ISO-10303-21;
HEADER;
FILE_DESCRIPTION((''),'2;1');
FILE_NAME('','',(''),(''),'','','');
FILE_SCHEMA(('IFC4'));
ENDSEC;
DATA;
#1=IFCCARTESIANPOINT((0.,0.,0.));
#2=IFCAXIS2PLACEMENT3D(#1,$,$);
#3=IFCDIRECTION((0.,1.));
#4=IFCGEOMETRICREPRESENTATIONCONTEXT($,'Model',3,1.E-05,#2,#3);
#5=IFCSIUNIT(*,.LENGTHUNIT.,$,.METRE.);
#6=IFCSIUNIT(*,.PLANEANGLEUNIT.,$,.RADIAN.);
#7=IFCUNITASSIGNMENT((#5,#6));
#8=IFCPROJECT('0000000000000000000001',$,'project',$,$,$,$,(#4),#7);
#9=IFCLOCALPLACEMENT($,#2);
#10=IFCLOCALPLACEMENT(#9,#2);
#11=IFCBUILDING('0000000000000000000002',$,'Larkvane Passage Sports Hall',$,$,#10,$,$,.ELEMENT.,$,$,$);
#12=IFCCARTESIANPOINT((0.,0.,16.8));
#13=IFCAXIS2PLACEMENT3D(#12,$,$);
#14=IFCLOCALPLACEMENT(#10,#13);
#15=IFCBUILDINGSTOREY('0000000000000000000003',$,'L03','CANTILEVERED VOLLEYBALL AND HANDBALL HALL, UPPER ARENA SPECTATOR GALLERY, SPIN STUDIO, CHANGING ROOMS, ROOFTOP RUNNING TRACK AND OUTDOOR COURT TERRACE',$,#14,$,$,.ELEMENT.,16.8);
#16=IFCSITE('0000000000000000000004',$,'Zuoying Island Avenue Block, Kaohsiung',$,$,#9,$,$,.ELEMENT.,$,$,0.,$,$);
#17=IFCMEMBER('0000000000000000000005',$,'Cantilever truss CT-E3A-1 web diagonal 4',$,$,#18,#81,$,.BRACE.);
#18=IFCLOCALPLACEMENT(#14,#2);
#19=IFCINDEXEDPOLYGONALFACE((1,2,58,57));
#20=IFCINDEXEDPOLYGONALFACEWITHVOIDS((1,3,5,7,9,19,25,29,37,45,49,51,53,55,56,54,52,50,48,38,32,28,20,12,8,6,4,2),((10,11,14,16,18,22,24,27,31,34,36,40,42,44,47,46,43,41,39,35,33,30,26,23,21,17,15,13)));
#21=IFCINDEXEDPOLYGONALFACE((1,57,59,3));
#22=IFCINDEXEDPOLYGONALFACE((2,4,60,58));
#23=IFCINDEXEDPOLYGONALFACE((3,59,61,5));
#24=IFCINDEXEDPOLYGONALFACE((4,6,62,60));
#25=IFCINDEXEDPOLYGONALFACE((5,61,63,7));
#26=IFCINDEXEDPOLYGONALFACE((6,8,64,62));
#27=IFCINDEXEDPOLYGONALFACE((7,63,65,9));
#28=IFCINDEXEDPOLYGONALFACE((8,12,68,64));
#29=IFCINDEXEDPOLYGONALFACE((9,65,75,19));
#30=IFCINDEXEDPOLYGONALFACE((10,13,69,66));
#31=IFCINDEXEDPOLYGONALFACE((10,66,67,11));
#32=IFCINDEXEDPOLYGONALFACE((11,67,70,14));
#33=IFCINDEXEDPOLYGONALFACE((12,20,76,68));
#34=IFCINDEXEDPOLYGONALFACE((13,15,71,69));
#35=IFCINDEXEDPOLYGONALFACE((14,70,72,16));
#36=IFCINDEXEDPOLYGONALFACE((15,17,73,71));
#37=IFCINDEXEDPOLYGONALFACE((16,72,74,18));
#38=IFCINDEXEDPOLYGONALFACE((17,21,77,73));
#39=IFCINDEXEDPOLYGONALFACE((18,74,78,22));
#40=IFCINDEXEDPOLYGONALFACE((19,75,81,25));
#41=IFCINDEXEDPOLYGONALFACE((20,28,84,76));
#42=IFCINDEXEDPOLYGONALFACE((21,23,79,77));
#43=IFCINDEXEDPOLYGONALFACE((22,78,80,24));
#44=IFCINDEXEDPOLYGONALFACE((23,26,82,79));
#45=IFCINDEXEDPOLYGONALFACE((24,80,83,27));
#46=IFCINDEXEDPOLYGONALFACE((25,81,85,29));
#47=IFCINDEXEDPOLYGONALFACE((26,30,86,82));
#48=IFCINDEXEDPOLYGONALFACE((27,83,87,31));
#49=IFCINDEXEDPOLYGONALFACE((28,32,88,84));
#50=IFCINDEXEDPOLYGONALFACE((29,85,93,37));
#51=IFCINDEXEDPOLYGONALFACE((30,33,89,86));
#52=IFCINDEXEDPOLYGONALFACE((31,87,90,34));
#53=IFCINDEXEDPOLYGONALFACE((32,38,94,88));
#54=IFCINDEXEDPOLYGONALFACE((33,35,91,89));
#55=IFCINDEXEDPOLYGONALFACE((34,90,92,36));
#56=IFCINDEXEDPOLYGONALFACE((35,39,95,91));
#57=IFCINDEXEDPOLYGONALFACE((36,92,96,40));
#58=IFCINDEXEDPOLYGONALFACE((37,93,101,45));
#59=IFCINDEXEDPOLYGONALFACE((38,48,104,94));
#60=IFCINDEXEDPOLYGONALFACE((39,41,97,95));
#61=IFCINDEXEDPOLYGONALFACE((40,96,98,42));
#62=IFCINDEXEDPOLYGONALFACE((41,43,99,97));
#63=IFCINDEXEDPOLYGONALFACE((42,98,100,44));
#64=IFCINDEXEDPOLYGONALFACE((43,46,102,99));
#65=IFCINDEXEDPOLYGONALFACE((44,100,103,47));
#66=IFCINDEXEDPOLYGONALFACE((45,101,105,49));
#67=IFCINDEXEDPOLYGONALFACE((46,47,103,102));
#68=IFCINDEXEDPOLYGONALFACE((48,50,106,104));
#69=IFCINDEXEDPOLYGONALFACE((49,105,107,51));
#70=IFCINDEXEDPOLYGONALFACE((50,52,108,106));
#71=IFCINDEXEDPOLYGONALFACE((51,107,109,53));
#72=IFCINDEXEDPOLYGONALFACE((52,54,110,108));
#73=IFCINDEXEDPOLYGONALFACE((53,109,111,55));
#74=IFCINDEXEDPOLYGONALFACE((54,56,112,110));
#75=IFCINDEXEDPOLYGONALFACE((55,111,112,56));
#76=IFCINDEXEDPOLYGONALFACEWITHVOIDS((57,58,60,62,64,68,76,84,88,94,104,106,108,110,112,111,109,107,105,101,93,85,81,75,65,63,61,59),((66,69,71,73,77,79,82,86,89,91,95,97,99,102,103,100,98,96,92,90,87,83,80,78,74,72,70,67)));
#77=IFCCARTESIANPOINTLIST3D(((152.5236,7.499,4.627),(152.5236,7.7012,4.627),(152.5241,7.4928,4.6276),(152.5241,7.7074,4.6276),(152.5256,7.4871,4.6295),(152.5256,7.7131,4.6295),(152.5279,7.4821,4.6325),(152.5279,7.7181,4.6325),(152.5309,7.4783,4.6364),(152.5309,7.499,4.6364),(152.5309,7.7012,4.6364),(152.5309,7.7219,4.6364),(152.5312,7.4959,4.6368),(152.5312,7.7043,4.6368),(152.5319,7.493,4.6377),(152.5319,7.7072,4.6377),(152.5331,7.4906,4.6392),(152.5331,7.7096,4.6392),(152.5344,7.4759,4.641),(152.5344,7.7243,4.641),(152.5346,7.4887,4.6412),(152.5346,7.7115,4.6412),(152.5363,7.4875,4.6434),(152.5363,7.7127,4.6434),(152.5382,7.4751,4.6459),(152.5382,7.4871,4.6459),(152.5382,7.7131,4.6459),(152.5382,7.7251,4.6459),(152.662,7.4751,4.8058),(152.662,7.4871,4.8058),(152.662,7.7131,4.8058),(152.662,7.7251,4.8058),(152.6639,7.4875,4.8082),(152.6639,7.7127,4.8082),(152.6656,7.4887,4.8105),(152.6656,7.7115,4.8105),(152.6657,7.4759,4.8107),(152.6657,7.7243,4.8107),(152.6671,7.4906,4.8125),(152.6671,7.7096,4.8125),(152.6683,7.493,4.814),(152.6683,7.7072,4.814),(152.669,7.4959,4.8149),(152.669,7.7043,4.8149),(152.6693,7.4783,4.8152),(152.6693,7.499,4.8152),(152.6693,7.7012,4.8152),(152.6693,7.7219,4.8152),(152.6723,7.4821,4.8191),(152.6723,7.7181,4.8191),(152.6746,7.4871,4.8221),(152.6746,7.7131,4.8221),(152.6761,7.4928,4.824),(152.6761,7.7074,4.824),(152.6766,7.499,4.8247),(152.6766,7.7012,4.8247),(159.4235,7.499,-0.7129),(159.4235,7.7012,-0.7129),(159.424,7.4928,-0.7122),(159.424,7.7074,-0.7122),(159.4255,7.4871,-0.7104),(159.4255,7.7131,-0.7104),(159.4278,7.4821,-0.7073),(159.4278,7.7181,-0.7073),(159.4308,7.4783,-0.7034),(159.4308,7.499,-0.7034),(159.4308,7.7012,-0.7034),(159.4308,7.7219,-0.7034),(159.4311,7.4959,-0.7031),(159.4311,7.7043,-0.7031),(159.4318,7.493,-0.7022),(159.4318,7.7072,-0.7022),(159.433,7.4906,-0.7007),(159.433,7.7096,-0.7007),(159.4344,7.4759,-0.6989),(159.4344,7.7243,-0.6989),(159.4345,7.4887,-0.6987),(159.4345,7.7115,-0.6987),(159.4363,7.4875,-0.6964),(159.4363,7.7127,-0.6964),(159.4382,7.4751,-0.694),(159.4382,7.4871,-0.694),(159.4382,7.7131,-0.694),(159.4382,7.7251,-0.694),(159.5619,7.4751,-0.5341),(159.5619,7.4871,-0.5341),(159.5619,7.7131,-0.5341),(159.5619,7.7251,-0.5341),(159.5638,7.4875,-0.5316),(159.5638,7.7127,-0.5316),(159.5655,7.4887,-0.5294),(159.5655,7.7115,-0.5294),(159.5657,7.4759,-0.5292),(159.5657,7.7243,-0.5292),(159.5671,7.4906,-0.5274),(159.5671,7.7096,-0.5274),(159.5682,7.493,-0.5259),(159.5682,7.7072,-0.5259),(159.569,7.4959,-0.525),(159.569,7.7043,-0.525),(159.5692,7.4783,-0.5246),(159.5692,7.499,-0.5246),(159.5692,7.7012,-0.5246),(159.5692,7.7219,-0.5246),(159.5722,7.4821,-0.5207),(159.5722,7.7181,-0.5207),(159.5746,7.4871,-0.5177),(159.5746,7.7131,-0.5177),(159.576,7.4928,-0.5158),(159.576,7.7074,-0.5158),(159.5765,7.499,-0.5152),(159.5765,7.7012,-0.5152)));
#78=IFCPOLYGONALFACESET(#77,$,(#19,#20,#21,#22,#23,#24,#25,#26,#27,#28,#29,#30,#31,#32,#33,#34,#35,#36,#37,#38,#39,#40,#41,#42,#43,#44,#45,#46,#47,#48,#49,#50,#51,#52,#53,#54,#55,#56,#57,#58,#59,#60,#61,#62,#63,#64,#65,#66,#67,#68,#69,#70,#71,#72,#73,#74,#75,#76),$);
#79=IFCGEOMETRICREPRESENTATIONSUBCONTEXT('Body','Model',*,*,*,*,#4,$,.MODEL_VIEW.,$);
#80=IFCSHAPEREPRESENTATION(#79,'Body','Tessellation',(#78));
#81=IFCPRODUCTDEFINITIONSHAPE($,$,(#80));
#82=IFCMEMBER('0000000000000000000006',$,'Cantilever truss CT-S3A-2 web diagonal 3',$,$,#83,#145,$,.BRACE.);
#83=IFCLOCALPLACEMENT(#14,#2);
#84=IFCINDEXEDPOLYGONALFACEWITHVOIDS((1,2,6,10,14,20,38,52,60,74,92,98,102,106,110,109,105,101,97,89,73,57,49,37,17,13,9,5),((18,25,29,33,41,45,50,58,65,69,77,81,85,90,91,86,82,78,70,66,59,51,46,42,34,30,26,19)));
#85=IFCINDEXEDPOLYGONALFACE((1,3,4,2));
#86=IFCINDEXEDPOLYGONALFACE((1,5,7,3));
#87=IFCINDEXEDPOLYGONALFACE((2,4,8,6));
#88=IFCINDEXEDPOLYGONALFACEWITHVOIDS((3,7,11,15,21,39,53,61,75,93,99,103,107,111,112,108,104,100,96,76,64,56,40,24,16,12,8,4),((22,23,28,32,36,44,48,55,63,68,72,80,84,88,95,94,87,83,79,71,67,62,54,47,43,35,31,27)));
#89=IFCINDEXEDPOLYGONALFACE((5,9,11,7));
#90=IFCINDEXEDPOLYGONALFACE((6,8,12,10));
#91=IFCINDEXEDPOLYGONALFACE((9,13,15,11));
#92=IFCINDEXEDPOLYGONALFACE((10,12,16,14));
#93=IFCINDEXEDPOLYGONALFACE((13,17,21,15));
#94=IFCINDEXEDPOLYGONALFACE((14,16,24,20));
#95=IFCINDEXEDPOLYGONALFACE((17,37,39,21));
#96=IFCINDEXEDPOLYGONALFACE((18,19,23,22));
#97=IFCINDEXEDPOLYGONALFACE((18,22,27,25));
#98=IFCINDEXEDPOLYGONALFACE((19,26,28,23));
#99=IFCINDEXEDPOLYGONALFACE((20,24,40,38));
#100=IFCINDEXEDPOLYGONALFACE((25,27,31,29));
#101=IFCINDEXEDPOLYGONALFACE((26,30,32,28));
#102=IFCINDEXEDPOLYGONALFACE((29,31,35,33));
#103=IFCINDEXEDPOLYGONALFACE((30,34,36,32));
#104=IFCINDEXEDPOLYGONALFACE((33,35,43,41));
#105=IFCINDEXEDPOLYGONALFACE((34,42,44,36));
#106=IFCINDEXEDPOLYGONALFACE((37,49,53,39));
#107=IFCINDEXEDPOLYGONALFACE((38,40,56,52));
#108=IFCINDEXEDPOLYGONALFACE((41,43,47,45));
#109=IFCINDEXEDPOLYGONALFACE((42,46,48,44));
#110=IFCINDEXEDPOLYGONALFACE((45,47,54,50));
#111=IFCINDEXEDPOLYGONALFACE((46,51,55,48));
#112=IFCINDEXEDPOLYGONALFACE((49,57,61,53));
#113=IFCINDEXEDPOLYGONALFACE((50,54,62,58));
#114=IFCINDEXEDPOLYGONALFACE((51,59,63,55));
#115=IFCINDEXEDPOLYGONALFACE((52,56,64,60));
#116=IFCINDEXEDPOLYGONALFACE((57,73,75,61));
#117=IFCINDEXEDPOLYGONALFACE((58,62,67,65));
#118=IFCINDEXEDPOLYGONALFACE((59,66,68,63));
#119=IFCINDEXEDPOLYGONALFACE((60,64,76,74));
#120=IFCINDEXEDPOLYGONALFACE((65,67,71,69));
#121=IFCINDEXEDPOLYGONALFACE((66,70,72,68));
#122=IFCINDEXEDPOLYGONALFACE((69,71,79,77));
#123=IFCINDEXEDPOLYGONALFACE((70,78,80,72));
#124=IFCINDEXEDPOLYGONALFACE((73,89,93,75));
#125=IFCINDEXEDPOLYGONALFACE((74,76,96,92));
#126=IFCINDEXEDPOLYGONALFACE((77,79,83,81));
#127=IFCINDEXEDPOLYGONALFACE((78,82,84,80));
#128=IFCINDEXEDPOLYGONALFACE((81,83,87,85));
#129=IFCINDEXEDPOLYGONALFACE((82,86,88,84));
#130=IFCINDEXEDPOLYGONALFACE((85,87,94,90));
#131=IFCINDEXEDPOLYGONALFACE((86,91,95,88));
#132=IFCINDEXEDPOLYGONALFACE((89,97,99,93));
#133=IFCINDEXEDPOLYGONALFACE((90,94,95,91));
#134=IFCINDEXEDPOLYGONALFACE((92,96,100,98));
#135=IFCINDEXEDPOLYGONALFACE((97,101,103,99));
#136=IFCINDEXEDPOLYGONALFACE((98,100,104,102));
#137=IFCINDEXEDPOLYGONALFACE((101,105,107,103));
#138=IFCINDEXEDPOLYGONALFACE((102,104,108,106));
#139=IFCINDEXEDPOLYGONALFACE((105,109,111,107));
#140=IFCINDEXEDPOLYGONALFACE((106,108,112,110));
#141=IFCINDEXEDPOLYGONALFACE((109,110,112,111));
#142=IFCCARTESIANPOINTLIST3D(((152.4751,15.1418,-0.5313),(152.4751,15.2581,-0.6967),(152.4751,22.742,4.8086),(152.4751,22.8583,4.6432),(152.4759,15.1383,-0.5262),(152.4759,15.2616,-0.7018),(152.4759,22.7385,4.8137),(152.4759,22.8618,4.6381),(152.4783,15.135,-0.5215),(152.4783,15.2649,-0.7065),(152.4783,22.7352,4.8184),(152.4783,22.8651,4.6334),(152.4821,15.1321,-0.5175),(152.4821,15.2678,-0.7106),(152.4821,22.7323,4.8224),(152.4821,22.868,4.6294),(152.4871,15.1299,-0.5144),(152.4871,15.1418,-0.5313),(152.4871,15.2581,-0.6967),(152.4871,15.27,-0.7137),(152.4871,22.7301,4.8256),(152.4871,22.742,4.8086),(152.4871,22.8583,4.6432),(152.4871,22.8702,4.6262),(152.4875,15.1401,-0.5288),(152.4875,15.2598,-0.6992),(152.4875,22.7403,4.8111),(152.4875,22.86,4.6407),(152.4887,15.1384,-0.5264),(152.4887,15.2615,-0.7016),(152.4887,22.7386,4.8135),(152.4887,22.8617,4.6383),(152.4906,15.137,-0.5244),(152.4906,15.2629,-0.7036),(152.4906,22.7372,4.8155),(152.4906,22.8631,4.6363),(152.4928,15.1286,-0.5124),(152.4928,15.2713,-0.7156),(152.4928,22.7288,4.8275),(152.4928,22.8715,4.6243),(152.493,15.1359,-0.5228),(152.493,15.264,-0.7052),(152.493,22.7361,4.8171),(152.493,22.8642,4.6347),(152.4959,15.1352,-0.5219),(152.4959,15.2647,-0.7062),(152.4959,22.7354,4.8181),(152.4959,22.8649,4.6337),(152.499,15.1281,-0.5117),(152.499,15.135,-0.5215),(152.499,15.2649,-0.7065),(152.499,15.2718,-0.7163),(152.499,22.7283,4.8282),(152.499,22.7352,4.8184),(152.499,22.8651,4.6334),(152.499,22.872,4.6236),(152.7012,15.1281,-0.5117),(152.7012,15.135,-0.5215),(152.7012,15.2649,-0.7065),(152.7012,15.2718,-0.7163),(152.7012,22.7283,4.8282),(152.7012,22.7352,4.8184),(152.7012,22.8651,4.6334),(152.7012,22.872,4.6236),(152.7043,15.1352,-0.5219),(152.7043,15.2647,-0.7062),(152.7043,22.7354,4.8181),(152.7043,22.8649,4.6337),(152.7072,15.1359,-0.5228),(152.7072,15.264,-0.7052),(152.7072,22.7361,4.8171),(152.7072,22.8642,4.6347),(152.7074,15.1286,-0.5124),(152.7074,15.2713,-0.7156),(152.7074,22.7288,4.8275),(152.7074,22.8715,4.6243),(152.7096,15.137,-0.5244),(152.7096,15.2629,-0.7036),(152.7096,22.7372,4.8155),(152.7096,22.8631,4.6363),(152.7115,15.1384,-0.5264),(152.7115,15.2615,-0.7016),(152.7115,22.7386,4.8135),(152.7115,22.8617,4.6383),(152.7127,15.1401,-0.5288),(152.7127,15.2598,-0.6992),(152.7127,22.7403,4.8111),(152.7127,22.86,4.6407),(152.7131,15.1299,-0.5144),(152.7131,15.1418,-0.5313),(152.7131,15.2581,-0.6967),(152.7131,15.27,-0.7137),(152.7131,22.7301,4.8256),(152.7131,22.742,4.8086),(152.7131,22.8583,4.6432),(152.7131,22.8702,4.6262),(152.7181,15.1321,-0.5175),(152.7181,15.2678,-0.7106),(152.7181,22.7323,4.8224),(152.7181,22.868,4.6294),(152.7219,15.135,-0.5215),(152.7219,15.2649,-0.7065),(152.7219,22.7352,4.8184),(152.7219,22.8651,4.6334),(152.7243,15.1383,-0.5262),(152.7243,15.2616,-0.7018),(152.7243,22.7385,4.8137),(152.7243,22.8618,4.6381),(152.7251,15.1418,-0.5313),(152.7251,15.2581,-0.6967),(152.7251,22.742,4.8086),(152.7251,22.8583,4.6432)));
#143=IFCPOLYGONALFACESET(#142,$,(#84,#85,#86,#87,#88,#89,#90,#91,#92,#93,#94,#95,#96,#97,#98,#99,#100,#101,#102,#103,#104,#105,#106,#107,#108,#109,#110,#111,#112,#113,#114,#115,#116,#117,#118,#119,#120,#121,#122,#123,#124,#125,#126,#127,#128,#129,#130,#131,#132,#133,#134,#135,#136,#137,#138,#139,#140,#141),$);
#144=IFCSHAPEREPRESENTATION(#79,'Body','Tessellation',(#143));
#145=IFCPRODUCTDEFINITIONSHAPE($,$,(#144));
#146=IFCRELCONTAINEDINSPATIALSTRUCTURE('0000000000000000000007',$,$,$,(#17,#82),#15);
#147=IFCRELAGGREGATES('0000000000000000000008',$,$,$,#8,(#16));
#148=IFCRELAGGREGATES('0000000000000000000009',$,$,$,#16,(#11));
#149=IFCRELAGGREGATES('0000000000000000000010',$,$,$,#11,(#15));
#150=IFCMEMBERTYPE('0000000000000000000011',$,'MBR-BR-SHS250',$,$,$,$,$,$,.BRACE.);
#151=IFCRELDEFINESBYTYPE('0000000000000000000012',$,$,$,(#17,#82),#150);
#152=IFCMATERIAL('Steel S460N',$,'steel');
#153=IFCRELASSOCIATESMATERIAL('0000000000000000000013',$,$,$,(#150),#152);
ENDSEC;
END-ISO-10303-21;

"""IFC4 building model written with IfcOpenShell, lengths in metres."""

from ifc_helpers import new_model, si_unit, direction, frame, origin, origin_2d, place, context, subcontext, project, spatial, hollow_rectangle, extrude, material, material_profile, profile_set, type_object, element, save


model = new_model("IFC4")

# Units and contexts
model_context = context("Model", 3, precision=1e-05, world=origin(), true_north=direction((0.0, 1.0)))
body_context = subcontext(model_context, "Body", "Model", "MODEL_VIEW")
ifc_project = project(units=[si_unit("LENGTHUNIT", "METRE"), si_unit("PLANEANGLEUNIT", "RADIAN")], contexts=[model_context])

# Site, building, storey
site_placement = place(None, origin())
site = spatial("IfcSite", under=ifc_project, at=site_placement, Name="Zuoying Island Avenue Block, Kaohsiung", CompositionType="ELEMENT", RefElevation=0.0)
building_placement = place(site_placement, origin())
building = spatial("IfcBuilding", under=site, at=building_placement, Name="Larkvane Passage Sports Hall", CompositionType="ELEMENT")
storey_placement = place(building_placement, frame((0.0, 0.0, 16.8)))
storey = spatial("IfcBuildingStorey", under=building, at=storey_placement, Name="L03", Description="CANTILEVERED VOLLEYBALL AND HANDBALL HALL, UPPER ARENA SPECTATOR GALLERY, SPIN STUDIO, CHANGING ROOMS, ROOFTOP RUNNING TRACK AND OUTDOOR COURT TERRACE", CompositionType="ELEMENT", Elevation=16.8)

# Shared definitions
ifc_material_1 = material(Name="Steel S460N", Category="steel")

# Members
ifc_material_profile_1 = material_profile(ifc_material_1, hollow_rectangle(XDim=0.25, YDim=0.25, WallThickness=0.012, InnerFilletRadius=0.012, OuterFilletRadius=0.0239, at=origin_2d()), Name="SHS-250x250x12")
ifc_profile_set_1 = profile_set([ifc_material_profile_1], Name="Steel S460N")
member_type_1 = type_object("IfcMemberType", Name="MBR-BR-SHS250", PredefinedType="BRACE", material=ifc_profile_set_1)
member_1_placement = place(storey_placement, frame((152.6001, 7.6001, 4.7258), z_axis=(0.790836, 0.0, -0.612029), x_axis=(0.0, 1.0, 0.0)))
element("IfcMember", 1, at=member_1_placement, inside=storey, type_object=member_type_1, Name="Cantilever truss CT-E3A-1 web diagonal 4", PredefinedType="BRACE", context=body_context, shape_type="SweptSolid", body=[
    extrude(hollow_rectangle(XDim=0.25, YDim=0.25, WallThickness=0.012, InnerFilletRadius=0.012, OuterFilletRadius=0.0239, at=origin_2d()), origin(), (0.0, 0.0, 1.0), 8.7249),
])
member_2_placement = place(storey_placement, frame((152.6001, 15.2, -0.614), z_axis=(0.0, 0.81823, 0.57489), x_axis=(-1.0, 0.0, 0.0)))
element("IfcMember", 2, at=member_2_placement, inside=storey, type_object=member_type_1, Name="Cantilever truss CT-S3A-2 web diagonal 3", PredefinedType="BRACE", context=body_context, shape_type="SweptSolid", body=[
    extrude(hollow_rectangle(XDim=0.25, YDim=0.25, WallThickness=0.012, InnerFilletRadius=0.012, OuterFilletRadius=0.0239, at=origin_2d()), origin(), (0.0, 0.0, 1.0), 9.2886),
])

save(model, "model.ifc")
